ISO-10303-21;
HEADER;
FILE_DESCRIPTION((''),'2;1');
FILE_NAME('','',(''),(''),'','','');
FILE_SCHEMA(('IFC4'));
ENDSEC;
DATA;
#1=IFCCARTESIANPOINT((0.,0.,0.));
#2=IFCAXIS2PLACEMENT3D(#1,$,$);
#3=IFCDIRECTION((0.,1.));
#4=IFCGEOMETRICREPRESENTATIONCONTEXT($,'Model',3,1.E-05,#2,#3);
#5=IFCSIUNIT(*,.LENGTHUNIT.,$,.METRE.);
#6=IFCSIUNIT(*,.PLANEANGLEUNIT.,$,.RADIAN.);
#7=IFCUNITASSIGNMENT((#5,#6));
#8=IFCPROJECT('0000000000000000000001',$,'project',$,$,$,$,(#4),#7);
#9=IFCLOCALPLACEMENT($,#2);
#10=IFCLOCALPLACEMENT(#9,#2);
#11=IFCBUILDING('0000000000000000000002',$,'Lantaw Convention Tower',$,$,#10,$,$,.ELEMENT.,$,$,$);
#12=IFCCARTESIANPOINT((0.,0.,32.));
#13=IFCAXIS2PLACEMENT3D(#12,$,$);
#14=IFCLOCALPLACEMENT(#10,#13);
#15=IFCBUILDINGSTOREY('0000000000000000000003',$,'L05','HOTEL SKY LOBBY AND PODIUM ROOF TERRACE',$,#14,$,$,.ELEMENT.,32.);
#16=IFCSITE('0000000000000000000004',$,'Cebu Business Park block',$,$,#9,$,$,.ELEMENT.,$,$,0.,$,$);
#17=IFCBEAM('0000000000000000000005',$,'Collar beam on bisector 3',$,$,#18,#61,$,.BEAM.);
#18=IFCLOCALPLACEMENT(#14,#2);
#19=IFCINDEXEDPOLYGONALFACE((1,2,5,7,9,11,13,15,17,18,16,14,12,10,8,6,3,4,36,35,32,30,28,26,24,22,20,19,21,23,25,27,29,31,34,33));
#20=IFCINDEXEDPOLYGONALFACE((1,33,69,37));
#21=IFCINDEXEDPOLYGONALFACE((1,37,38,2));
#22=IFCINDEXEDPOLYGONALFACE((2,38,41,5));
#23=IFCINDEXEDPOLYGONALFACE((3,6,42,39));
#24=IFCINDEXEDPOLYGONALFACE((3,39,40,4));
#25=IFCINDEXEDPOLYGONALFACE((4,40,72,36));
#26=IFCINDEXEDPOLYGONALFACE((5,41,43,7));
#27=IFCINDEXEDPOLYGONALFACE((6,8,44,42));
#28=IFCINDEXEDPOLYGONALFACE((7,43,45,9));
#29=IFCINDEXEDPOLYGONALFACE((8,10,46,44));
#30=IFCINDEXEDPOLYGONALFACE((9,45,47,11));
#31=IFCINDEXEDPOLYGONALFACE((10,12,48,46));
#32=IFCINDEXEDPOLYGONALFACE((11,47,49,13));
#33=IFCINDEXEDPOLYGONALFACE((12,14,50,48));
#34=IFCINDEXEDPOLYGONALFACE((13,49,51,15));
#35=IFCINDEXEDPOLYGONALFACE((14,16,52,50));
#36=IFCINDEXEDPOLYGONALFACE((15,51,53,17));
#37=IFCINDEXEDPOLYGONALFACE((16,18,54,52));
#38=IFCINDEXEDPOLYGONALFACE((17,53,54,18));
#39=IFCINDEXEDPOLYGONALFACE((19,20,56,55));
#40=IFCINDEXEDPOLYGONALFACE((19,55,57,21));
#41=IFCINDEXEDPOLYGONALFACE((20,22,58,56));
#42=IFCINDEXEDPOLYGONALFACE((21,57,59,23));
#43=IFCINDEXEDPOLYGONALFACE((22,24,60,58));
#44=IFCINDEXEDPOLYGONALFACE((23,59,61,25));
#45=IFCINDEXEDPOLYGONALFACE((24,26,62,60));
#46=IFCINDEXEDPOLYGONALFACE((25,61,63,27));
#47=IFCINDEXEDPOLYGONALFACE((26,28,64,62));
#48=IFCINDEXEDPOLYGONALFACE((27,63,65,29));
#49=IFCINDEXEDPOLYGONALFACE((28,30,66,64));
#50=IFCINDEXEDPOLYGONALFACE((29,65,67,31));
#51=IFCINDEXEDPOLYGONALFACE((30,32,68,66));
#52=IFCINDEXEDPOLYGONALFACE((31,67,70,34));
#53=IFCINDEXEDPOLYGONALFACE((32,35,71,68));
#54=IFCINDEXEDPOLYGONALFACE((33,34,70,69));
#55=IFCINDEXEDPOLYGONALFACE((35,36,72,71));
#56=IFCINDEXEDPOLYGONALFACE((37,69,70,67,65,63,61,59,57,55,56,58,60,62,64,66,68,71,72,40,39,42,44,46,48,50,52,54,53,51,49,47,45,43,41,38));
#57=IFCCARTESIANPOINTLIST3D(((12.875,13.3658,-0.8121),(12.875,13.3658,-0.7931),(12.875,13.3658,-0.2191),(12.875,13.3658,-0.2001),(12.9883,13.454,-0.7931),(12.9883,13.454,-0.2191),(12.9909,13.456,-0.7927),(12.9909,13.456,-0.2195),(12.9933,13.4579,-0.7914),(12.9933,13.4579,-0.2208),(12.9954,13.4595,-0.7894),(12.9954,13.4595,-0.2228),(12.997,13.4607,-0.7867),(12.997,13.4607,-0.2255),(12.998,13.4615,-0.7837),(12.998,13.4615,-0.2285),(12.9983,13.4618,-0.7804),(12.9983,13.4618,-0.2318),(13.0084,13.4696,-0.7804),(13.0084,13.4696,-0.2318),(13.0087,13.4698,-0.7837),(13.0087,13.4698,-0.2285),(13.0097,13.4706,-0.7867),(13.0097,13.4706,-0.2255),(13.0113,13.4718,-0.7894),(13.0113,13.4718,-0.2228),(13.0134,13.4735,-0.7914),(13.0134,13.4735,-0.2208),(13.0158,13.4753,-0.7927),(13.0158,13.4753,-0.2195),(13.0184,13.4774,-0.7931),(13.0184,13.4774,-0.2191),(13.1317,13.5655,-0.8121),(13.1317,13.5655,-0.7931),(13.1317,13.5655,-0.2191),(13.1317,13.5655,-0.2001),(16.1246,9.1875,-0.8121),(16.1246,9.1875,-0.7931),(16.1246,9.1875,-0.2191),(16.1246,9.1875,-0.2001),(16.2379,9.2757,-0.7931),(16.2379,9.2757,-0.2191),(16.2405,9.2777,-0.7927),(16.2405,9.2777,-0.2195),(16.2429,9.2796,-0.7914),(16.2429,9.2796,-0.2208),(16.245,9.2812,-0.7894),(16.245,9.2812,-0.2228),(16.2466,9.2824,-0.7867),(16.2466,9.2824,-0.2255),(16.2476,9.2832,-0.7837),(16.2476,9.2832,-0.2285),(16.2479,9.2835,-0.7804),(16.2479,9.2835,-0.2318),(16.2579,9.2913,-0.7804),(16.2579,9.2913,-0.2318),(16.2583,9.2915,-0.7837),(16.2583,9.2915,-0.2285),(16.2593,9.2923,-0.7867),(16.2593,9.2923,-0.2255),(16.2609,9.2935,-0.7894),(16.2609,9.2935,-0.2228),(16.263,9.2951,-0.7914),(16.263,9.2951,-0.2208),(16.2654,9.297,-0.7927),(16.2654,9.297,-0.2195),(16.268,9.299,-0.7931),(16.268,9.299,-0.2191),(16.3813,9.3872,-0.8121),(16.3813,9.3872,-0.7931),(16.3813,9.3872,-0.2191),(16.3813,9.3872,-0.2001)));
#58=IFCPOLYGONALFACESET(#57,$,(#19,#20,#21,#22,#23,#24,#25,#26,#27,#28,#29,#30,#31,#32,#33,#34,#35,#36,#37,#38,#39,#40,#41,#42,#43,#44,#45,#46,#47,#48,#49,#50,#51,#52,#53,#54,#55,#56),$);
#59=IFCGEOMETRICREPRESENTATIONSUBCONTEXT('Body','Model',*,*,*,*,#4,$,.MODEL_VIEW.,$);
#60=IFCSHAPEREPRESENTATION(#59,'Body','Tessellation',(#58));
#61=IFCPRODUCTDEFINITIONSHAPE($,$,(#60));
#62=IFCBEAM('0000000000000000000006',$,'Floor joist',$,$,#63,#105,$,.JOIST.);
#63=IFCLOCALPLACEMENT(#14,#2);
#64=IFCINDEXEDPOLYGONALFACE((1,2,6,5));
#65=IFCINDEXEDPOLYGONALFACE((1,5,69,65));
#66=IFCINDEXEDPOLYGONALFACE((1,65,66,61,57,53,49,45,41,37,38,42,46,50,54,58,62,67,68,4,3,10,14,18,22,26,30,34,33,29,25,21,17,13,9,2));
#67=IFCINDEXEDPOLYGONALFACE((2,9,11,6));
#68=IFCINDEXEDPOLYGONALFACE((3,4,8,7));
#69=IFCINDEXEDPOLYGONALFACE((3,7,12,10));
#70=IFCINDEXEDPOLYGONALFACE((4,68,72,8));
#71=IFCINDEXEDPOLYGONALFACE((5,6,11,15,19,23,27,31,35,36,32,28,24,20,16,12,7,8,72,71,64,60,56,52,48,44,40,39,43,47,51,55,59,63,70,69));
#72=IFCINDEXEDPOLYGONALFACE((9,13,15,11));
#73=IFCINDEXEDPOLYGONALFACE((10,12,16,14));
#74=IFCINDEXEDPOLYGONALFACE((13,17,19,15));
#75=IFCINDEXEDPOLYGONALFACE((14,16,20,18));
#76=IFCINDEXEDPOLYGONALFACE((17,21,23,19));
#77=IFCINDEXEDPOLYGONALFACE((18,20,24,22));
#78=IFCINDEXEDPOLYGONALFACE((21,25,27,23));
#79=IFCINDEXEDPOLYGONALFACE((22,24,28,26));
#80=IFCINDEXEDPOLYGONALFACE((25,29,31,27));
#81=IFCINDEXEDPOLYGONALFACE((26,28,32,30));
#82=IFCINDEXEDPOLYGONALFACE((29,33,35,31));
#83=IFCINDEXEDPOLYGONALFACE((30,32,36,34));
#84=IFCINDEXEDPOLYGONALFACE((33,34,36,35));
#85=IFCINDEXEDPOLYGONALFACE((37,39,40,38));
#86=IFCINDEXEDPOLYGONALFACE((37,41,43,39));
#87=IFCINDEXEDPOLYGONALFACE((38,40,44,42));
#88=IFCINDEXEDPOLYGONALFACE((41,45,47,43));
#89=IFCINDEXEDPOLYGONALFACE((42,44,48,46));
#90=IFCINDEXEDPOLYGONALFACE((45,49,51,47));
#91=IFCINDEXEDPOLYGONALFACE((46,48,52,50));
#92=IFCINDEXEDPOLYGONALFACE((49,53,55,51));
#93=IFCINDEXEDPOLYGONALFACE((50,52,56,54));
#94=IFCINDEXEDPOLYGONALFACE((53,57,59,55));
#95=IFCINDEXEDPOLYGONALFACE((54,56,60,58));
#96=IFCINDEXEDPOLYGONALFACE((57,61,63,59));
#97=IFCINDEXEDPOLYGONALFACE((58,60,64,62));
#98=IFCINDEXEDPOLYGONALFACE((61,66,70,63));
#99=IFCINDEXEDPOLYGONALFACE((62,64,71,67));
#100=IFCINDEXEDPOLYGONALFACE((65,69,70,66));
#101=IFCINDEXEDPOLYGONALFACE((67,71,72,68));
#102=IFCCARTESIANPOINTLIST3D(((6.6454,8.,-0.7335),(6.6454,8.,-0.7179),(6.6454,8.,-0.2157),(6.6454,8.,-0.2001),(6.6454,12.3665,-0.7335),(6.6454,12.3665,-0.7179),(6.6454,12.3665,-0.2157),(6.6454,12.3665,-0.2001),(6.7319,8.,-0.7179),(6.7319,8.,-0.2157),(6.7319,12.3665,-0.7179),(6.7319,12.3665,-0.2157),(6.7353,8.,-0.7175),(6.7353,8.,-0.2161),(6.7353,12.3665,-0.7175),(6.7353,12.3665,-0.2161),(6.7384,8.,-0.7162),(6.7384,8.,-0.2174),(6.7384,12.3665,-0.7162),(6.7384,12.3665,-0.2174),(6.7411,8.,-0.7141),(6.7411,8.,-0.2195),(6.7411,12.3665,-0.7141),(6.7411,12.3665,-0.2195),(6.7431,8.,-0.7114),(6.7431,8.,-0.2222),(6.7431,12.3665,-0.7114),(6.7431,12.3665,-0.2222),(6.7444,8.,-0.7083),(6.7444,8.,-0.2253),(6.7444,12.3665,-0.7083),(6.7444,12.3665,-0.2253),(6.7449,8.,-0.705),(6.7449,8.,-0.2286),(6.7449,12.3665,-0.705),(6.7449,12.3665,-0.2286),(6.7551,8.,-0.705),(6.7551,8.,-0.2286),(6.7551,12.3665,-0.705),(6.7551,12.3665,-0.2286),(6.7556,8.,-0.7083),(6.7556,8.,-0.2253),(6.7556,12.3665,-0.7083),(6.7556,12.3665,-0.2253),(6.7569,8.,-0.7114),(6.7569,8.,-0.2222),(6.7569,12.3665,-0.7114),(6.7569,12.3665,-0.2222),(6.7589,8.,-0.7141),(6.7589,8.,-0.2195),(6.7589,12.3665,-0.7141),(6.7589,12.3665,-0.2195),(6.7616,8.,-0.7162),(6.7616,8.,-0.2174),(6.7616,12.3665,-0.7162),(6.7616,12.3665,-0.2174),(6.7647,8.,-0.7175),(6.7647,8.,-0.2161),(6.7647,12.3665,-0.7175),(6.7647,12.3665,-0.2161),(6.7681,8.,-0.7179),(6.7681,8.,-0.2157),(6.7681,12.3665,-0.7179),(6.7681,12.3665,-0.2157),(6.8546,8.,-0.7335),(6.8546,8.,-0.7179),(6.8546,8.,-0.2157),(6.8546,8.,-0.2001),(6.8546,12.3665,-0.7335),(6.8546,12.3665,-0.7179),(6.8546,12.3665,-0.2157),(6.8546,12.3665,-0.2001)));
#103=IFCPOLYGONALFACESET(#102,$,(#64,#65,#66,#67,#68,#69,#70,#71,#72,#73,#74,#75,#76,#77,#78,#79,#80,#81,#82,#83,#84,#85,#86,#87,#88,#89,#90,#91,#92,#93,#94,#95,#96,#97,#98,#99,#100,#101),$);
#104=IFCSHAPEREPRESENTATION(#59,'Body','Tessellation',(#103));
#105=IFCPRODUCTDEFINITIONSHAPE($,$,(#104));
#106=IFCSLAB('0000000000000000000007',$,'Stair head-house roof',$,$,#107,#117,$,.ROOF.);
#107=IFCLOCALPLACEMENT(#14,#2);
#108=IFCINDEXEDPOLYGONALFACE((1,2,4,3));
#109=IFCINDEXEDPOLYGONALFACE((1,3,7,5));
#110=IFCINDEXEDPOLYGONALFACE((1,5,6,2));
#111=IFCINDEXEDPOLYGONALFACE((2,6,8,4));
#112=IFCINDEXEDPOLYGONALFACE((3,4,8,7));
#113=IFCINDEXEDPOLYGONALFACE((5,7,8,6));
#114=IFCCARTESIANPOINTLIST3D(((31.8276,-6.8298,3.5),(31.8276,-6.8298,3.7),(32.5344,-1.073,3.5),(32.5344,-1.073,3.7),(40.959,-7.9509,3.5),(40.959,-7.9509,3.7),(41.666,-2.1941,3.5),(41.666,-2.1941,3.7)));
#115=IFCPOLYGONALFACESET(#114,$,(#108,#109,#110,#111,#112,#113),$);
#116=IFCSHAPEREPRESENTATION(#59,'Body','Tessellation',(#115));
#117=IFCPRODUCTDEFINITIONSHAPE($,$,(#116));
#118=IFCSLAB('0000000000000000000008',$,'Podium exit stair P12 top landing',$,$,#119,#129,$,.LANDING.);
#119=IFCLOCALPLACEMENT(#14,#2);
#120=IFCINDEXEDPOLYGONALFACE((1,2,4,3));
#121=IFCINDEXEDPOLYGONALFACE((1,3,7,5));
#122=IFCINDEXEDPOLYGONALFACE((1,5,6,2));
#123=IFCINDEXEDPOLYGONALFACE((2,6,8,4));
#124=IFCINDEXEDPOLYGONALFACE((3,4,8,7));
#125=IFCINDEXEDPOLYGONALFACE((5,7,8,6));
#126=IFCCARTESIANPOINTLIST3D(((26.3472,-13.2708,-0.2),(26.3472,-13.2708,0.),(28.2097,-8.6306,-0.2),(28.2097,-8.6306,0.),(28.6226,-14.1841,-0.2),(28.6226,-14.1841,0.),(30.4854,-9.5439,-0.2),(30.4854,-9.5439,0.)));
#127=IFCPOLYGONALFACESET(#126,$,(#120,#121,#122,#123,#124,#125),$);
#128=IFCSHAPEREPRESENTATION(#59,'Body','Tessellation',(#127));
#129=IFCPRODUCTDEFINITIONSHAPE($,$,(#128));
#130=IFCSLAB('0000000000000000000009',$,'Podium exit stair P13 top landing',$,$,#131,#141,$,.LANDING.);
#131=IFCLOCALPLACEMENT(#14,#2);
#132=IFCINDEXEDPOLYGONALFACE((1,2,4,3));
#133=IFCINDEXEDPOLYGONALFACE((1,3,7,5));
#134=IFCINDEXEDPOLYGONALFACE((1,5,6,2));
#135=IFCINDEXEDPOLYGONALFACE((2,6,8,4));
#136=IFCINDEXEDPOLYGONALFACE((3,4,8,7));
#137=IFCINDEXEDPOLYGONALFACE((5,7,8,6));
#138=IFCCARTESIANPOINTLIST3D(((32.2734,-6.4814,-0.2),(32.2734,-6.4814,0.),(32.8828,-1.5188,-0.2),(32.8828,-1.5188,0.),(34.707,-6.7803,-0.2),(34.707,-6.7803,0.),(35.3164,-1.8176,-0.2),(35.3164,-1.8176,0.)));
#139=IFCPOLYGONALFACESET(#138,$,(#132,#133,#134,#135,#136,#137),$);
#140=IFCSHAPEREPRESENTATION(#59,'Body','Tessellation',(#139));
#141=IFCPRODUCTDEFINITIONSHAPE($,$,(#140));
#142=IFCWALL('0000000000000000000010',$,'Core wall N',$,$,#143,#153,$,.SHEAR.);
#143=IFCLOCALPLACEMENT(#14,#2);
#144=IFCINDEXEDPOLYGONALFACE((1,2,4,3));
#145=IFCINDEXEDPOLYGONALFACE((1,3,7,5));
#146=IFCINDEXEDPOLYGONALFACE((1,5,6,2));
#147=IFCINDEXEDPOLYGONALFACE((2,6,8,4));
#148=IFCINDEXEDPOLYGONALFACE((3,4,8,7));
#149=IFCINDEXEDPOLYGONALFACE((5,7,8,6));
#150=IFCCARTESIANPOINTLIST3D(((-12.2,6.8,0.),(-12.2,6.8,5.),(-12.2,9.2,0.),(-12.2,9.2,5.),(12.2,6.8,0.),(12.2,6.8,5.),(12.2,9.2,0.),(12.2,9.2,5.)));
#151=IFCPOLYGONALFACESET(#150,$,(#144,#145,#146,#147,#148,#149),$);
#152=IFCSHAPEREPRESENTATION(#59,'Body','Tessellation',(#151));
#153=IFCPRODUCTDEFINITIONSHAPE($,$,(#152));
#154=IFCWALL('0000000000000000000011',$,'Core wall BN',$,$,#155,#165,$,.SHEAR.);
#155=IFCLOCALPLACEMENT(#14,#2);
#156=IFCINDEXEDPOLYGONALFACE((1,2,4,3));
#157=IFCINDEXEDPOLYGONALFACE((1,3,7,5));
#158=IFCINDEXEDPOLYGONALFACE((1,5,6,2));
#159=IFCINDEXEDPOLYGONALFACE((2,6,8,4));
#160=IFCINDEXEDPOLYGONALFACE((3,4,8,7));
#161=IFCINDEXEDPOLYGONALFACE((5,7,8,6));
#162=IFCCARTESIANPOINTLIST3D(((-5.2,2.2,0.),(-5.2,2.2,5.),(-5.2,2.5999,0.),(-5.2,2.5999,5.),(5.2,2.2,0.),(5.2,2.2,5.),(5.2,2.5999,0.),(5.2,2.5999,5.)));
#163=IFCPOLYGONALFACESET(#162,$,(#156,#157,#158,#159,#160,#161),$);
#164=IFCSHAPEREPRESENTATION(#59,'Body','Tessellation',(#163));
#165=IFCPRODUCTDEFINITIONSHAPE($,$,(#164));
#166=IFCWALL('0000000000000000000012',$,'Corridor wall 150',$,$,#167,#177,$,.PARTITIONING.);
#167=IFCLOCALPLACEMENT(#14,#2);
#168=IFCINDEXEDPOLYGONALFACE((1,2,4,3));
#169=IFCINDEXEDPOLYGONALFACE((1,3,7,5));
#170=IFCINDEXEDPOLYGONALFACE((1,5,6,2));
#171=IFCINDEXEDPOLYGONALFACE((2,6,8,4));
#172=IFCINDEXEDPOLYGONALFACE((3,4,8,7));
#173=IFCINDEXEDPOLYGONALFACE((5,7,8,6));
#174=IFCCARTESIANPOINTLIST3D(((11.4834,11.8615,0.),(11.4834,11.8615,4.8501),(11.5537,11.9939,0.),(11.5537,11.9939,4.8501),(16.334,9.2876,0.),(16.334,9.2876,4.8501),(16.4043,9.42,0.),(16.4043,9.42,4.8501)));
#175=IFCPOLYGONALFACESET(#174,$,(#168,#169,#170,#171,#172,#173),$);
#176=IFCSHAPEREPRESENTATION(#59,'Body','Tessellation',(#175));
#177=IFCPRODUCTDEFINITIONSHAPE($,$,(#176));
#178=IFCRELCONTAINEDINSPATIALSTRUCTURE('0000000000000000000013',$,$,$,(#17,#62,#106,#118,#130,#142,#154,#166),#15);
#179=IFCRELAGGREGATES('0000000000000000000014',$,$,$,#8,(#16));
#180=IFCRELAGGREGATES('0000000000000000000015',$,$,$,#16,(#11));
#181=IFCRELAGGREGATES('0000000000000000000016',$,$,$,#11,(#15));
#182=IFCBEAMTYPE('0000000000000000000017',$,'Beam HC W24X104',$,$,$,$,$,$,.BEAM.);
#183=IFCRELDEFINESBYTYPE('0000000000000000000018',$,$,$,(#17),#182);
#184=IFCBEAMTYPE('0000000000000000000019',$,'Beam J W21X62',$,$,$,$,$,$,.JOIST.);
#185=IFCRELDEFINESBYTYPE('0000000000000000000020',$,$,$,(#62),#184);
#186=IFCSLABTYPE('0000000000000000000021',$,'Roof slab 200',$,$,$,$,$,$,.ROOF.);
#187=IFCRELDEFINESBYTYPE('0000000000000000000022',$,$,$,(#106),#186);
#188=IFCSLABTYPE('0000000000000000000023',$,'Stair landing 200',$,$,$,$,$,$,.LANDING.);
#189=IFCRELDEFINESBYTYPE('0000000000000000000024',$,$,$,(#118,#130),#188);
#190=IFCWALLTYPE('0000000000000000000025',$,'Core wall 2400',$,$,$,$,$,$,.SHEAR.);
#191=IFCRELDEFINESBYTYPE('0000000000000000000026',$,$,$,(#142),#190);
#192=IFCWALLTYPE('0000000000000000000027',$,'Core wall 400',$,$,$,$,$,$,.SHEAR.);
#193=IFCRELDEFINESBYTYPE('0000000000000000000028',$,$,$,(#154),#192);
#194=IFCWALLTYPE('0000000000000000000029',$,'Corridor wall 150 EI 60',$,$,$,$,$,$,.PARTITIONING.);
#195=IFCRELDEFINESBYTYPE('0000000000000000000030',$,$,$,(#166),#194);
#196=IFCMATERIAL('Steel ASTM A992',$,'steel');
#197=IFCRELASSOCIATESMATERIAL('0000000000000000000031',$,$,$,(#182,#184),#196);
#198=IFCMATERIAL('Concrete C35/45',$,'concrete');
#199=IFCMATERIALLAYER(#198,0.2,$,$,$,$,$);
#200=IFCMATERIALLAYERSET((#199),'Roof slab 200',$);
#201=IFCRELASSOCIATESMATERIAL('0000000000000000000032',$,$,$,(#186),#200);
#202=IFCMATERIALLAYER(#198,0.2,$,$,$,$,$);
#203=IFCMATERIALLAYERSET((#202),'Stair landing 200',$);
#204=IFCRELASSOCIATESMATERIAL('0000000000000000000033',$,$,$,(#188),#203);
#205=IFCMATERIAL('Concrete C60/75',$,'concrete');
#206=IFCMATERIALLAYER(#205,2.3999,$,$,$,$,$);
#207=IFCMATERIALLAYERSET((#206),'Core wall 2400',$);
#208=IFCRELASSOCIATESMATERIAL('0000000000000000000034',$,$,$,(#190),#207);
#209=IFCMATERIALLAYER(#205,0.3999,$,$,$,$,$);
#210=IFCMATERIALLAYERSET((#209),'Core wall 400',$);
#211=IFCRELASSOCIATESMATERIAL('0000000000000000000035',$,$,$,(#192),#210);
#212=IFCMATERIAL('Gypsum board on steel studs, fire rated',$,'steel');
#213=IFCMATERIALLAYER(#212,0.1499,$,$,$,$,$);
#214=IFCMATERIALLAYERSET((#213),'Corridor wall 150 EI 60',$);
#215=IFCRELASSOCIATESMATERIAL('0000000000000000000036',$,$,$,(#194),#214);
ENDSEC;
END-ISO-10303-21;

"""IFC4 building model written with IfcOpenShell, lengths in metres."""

from ifc_helpers import new_model, si_unit, direction, frame, frame_2d, origin, origin_2d, place, context, subcontext, project, spatial, polyline, rectangle, i_section, outline, extrude, material, layer, layer_set, material_profile, profile_set, type_object, element, save


model = new_model("IFC4")

# Units and contexts
model_context = context("Model", 3, precision=1e-05, world=origin(), true_north=direction((0.0, 1.0)))
body_context = subcontext(model_context, "Body", "Model", "MODEL_VIEW")
ifc_project = project(units=[si_unit("LENGTHUNIT", "METRE"), si_unit("PLANEANGLEUNIT", "RADIAN")], contexts=[model_context])

# Site, building, storey
site_placement = place(None, origin())
site = spatial("IfcSite", under=ifc_project, at=site_placement, Name="Cebu Business Park block", CompositionType="ELEMENT", RefElevation=0.0)
building_placement = place(site_placement, origin())
building = spatial("IfcBuilding", under=site, at=building_placement, Name="Lantaw Convention Tower", CompositionType="ELEMENT")
storey_placement = place(building_placement, frame((0.0, 0.0, 32.0)))
storey = spatial("IfcBuildingStorey", under=building, at=storey_placement, Name="L05", Description="HOTEL SKY LOBBY AND PODIUM ROOF TERRACE", CompositionType="ELEMENT", Elevation=32.0)

# Shared definitions
ifc_material_1 = material(Name="Concrete C60/75", Category="concrete")

# Beams
ifc_material_2 = material(Name="Steel ASTM A992", Category="steel")
ifc_material_profile_1 = material_profile(ifc_material_2, i_section(OverallWidth=0.3252, OverallDepth=0.6121, WebThickness=0.0127, FlangeThickness=0.019, FilletRadius=0.0127, at=origin_2d()), Name="W24X104")
ifc_profile_set_1 = profile_set([ifc_material_profile_1], Name="Steel ASTM A992")
beam_type_1 = type_object("IfcBeamType", Name="Beam HC W24X104", PredefinedType="BEAM", material=ifc_profile_set_1)
beam_1_placement = place(storey_placement, frame((16.2529, 9.2874, -0.5061), z_axis=(-0.613915, 0.789372, 0.0), x_axis=(-0.789372, -0.613915, 0.0)))
element("IfcBeam", 1, at=beam_1_placement, inside=storey, type_object=beam_type_1, Name="Collar beam on bisector 3", PredefinedType="BEAM", context=body_context, shape_type="SweptSolid", body=[
    extrude(i_section(OverallWidth=0.3252, OverallDepth=0.6121, WebThickness=0.0127, FlangeThickness=0.019, FilletRadius=0.0127, at=origin_2d()), origin(), (0.0, 0.0, 1.0), 5.2932),
])
ifc_material_profile_2 = material_profile(ifc_material_2, i_section(OverallWidth=0.2092, OverallDepth=0.5334, WebThickness=0.0103, FlangeThickness=0.0156, FilletRadius=0.0129, at=origin_2d()), Name="W21X62")
ifc_profile_set_2 = profile_set([ifc_material_profile_2], Name="Steel ASTM A992")
beam_type_2 = type_object("IfcBeamType", Name="Beam J W21X62", PredefinedType="JOIST", material=ifc_profile_set_2)
beam_2_placement = place(storey_placement, frame((6.75, 8.0, -0.4668), z_axis=(0.0, 1.0, 0.0), x_axis=(-1.0, 0.0, 0.0)))
element("IfcBeam", 2, at=beam_2_placement, inside=storey, type_object=beam_type_2, Name="Floor joist", PredefinedType="JOIST", context=body_context, shape_type="SweptSolid", body=[
    extrude(i_section(OverallWidth=0.2092, OverallDepth=0.5334, WebThickness=0.0103, FlangeThickness=0.0156, FilletRadius=0.0129, at=origin_2d()), origin(), (0.0, 0.0, 1.0), 4.3665),
])

# Slabs
ifc_material_3 = material(Name="Concrete C35/45", Category="concrete")
ifc_layer_1 = layer(ifc_material_3, 0.2)
ifc_layer_set_1 = layer_set([ifc_layer_1], Name="Roof slab 200")
slab_type_1 = type_object("IfcSlabType", Name="Roof slab 200", PredefinedType="ROOF", material=ifc_layer_set_1)
slab_1_placement = place(storey_placement, frame((0.0, 0.0, 3.5)))
element("IfcSlab", 3, at=slab_1_placement, inside=storey, type_object=slab_type_1, Name="Stair head-house roof", PredefinedType="ROOF", context=body_context, shape_type="SweptSolid", body=[
    extrude(outline(polyline([(31.8276, -6.8298), (40.959, -7.9509), (41.666, -2.1941), (32.5344, -1.073), (31.8276, -6.8298)])), origin(), (0.0, 0.0, 1.0), 0.2),
])
ifc_layer_2 = layer(ifc_material_3, 0.2)
ifc_layer_set_2 = layer_set([ifc_layer_2], Name="Stair landing 200")
slab_type_2 = type_object("IfcSlabType", Name="Stair landing 200", PredefinedType="LANDING", material=ifc_layer_set_2)
slab_2_placement = place(storey_placement, frame((0.0, 0.0, -0.2)))
element("IfcSlab", 4, at=slab_2_placement, inside=storey, type_object=slab_type_2, Name="Podium exit stair P12 top landing", PredefinedType="LANDING", context=body_context, shape_type="SweptSolid", body=[
    extrude(outline(polyline([(26.3472, -13.2708), (28.6226, -14.1841), (30.4854, -9.5439), (28.2097, -8.6306), (26.3472, -13.2708)])), origin(), (0.0, 0.0, 1.0), 0.2),
])
slab_3_placement = place(storey_placement, frame((0.0, 0.0, -0.2)))
element("IfcSlab", 5, at=slab_3_placement, inside=storey, type_object=slab_type_2, Name="Podium exit stair P13 top landing", PredefinedType="LANDING", context=body_context, shape_type="SweptSolid", body=[
    extrude(outline(polyline([(32.2734, -6.4814), (34.707, -6.7803), (35.3164, -1.8176), (32.8828, -1.5188), (32.2734, -6.4814)])), origin(), (0.0, 0.0, 1.0), 0.2),
])

# Walls
ifc_layer_3 = layer(ifc_material_1, 2.3999)
ifc_layer_set_3 = layer_set([ifc_layer_3], Name="Core wall 2400")
wall_type_1 = type_object("IfcWallType", Name="Core wall 2400", PredefinedType="SHEAR", material=ifc_layer_set_3)
wall_1_placement = place(storey_placement, frame((12.2, 8.0, 0.0), z_axis=(0.0, 0.0, 1.0), x_axis=(-1.0, 0.0, 0.0)))
element("IfcWall", 6, at=wall_1_placement, inside=storey, type_object=wall_type_1, Name="Core wall N", PredefinedType="SHEAR", context=body_context, shape_type="SweptSolid", body=[
    extrude(rectangle(XDim=24.3999, YDim=2.3999, at=frame_2d((12.2, 0.0))), origin(), (0.0, 0.0, 1.0), 5.0),
])
ifc_layer_4 = layer(ifc_material_1, 0.3999)
ifc_layer_set_4 = layer_set([ifc_layer_4], Name="Core wall 400")
wall_type_2 = type_object("IfcWallType", Name="Core wall 400", PredefinedType="SHEAR", material=ifc_layer_set_4)
wall_2_placement = place(storey_placement, frame((5.2, 2.3999, 0.0), z_axis=(0.0, 0.0, 1.0), x_axis=(-1.0, 0.0, 0.0)))
element("IfcWall", 7, at=wall_2_placement, inside=storey, type_object=wall_type_2, Name="Core wall BN", PredefinedType="SHEAR", context=body_context, shape_type="SweptSolid", body=[
    extrude(rectangle(XDim=10.3999, YDim=0.3999, at=frame_2d((5.2, 0.0))), origin(), (0.0, 0.0, 1.0), 5.0),
])
ifc_material_4 = material(Name="Gypsum board on steel studs, fire rated", Category="steel")
ifc_layer_5 = layer(ifc_material_4, 0.1499)
ifc_layer_set_5 = layer_set([ifc_layer_5], Name="Corridor wall 150 EI 60")
wall_type_3 = type_object("IfcWallType", Name="Corridor wall 150 EI 60", PredefinedType="PARTITIONING", material=ifc_layer_set_5)
wall_3_placement = place(storey_placement, frame((16.3691, 9.3538, 0.0), z_axis=(0.0, 0.0, 1.0), x_axis=(-0.883334, 0.468743, 0.0)))
element("IfcWall", 8, at=wall_3_placement, inside=storey, type_object=wall_type_3, Name="Corridor wall 150", PredefinedType="PARTITIONING", context=body_context, shape_type="SweptSolid", body=[
    extrude(rectangle(XDim=5.4912, YDim=0.1499, at=frame_2d((2.7456, 0.0))), origin(), (0.0, 0.0, 1.0), 4.8501),
])

save(model, "model.ifc")
